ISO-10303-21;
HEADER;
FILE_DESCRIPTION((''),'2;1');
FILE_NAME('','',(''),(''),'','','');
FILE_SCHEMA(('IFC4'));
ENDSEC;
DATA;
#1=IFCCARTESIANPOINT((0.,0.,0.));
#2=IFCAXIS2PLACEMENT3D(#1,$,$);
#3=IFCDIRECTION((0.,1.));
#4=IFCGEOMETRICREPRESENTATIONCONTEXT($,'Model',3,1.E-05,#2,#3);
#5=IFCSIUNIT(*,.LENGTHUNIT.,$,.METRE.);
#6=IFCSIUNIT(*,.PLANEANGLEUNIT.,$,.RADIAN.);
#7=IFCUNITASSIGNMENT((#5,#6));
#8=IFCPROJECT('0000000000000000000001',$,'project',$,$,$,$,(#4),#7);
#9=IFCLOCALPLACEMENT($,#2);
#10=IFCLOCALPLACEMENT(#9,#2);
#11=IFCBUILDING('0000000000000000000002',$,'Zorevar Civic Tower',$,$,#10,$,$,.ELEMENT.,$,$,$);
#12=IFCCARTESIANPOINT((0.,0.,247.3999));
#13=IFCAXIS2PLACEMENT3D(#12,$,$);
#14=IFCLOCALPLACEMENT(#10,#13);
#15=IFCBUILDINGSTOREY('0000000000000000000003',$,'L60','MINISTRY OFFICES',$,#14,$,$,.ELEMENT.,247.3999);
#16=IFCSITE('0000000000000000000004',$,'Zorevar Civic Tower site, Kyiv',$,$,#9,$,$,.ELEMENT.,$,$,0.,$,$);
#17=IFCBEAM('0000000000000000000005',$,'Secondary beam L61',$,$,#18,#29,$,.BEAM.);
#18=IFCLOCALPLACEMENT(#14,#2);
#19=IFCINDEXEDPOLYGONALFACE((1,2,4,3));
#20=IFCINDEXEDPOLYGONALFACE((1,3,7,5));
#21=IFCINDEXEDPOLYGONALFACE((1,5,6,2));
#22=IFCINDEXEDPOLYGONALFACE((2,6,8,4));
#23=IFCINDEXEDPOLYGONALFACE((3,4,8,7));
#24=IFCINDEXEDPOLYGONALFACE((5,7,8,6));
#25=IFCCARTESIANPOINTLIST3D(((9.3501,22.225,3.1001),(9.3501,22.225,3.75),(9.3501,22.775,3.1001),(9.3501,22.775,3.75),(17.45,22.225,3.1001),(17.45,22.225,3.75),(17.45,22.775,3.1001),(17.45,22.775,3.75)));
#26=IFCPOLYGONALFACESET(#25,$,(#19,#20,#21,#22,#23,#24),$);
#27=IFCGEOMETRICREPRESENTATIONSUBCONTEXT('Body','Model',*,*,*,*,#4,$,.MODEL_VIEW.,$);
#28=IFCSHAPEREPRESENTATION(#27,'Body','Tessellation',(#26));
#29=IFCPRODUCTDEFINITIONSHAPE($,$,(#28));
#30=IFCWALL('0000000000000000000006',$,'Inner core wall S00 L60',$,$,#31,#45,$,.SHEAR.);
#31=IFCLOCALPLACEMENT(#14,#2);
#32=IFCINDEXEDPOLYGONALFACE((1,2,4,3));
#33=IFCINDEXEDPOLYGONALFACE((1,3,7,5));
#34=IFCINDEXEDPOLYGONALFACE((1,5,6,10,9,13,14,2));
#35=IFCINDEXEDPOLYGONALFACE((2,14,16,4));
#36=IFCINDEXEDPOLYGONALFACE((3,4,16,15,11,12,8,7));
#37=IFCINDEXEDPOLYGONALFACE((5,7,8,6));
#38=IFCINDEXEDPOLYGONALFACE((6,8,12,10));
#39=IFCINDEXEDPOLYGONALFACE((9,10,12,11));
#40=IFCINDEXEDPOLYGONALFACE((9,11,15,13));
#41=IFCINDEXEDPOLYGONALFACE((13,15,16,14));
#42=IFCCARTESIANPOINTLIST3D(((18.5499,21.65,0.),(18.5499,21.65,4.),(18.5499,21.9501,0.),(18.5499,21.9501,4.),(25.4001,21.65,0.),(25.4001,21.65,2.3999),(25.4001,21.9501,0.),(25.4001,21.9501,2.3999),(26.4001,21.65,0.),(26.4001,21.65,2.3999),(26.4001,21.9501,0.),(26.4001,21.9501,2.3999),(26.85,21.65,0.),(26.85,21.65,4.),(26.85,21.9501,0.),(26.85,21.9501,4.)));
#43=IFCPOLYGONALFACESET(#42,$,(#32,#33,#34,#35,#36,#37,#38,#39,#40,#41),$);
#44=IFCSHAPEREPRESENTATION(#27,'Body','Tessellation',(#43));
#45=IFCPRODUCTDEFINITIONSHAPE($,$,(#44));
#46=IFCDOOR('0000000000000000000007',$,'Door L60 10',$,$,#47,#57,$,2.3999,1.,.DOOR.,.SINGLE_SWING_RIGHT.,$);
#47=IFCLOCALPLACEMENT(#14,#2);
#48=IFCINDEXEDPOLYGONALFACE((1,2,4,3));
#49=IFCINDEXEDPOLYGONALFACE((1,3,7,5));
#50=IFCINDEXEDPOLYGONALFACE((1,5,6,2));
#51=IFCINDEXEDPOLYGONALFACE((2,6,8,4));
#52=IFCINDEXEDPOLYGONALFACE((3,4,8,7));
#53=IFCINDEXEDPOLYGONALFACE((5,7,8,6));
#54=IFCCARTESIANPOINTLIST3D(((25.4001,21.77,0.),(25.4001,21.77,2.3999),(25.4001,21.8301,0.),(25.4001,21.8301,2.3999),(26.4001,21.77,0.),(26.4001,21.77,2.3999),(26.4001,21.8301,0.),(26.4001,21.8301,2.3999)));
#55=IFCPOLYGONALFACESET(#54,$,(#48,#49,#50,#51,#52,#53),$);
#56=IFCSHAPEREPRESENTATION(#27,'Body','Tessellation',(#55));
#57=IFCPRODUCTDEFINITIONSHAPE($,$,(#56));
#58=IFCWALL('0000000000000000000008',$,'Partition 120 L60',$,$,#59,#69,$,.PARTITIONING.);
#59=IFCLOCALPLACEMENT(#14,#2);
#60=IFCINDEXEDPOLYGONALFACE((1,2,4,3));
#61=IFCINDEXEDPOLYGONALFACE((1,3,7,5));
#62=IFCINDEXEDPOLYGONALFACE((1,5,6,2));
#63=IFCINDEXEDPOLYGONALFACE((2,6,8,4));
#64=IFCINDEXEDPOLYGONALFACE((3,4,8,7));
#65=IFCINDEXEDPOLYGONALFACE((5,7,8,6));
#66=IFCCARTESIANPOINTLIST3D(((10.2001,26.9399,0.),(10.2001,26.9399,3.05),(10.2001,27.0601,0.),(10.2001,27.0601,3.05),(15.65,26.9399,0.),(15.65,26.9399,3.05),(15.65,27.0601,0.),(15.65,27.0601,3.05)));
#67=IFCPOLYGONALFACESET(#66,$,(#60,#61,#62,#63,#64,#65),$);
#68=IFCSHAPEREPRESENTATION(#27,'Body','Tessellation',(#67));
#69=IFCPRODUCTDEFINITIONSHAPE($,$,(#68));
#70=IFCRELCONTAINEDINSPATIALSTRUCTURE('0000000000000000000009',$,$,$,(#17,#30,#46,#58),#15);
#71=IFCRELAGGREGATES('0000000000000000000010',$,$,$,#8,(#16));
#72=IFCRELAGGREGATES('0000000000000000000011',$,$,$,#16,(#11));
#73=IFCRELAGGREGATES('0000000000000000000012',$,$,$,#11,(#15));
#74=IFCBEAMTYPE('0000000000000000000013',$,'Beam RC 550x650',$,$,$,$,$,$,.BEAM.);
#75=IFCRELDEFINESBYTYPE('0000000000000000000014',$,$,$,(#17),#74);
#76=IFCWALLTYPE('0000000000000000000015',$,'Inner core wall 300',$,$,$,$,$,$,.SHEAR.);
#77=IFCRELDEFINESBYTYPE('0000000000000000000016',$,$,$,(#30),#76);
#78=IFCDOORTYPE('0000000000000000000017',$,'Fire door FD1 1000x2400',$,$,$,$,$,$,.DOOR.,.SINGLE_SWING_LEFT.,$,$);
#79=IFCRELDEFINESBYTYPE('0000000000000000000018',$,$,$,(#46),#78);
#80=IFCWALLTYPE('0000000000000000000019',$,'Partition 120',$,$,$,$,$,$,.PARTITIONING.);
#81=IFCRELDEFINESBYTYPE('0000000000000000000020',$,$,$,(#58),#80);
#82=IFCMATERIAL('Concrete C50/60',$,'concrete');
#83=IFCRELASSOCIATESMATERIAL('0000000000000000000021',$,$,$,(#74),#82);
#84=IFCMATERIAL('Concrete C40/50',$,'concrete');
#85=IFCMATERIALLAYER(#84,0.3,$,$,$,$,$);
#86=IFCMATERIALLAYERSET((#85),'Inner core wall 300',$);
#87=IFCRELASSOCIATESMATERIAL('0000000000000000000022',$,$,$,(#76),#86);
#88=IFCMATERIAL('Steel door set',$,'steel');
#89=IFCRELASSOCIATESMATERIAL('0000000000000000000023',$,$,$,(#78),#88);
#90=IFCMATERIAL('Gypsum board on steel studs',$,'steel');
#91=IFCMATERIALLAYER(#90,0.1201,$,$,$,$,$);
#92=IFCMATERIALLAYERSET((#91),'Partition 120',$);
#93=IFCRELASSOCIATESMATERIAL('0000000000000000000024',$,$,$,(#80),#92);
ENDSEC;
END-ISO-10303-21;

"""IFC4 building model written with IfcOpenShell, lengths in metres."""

from ifc_helpers import new_model, si_unit, direction, frame, frame_2d, origin, origin_2d, place, context, subcontext, project, spatial, rectangle, extrude, material, layer, layer_set, material_profile, profile_set, type_object, element, fill, save


model = new_model("IFC4")

# Units and contexts
model_context = context("Model", 3, precision=1e-05, world=origin(), true_north=direction((0.0, 1.0)))
body_context = subcontext(model_context, "Body", "Model", "MODEL_VIEW")
ifc_project = project(units=[si_unit("LENGTHUNIT", "METRE"), si_unit("PLANEANGLEUNIT", "RADIAN")], contexts=[model_context])

# Site, building, storey
site_placement = place(None, origin())
site = spatial("IfcSite", under=ifc_project, at=site_placement, Name="Zorevar Civic Tower site, Kyiv", CompositionType="ELEMENT", RefElevation=0.0)
building_placement = place(site_placement, origin())
building = spatial("IfcBuilding", under=site, at=building_placement, Name="Zorevar Civic Tower", CompositionType="ELEMENT")
storey_placement = place(building_placement, frame((0.0, 0.0, 247.3999)))
storey = spatial("IfcBuildingStorey", under=building, at=storey_placement, Name="L60", Description="MINISTRY OFFICES", CompositionType="ELEMENT", Elevation=247.3999)

# Beam
ifc_material_1 = material(Name="Concrete C50/60", Category="concrete")
ifc_material_profile = material_profile(ifc_material_1, rectangle(XDim=0.55, YDim=0.6499, at=origin_2d()), Name="RC 550x650")
ifc_profile_set = profile_set([ifc_material_profile], Name="Concrete C50/60")
beam_type = type_object("IfcBeamType", Name="Beam RC 550x650", PredefinedType="BEAM", material=ifc_profile_set)
beam_placement = place(storey_placement, frame((9.3501, 22.5, 3.425), z_axis=(1.0, 0.0, 0.0), x_axis=(0.0, 1.0, 0.0)))
element("IfcBeam", 1, at=beam_placement, inside=storey, type_object=beam_type, Name="Secondary beam L61", PredefinedType="BEAM", context=body_context, shape_type="SweptSolid", body=[
    extrude(rectangle(XDim=0.55, YDim=0.6499, at=origin_2d()), origin(), (0.0, 0.0, 1.0), 8.0999),
])

# Wall, opening, door
ifc_material_2 = material(Name="Concrete C40/50", Category="concrete")
ifc_layer_1 = layer(ifc_material_2, 0.3)
ifc_layer_set_1 = layer_set([ifc_layer_1], Name="Inner core wall 300")
wall_type_1 = type_object("IfcWallType", Name="Inner core wall 300", PredefinedType="SHEAR", material=ifc_layer_set_1)
wall_1_placement = place(storey_placement, frame((18.55, 21.8, 0.0), z_axis=(0.0, 0.0, 1.0), x_axis=(1.0, 0.0, 0.0)))
wall_1 = element("IfcWall", 2, at=wall_1_placement, inside=storey, type_object=wall_type_1, Name="Inner core wall S00 L60", PredefinedType="SHEAR", context=body_context, shape_type="SweptSolid", body=[
    extrude(rectangle(XDim=8.3, YDim=0.3, at=frame_2d((4.1499, 0.0))), origin(), (0.0, 0.0, 1.0), 4.0),
])
opening_1_placement = place(wall_1_placement, frame((6.8501, 0.0, 0.0)))
opening_1 = element("IfcOpeningElement", 3, at=opening_1_placement, cuts=wall_1, PredefinedType="OPENING", context=body_context, shape_type="SweptSolid", body=[
    extrude(rectangle(XDim=1.0, YDim=2.3999, at=frame_2d((0.5, 1.2))), frame((0.0, 0.1599, 0.0), z_axis=(0.0, -1.0, 0.0), x_axis=(1.0, 0.0, 0.0)), (0.0, 0.0, 1.0), 0.3201),
])
ifc_material_3 = material(Name="Steel door set", Category="steel")
door_type_1 = type_object("IfcDoorType", Name="Fire door FD1 1000x2400", OperationType="SINGLE_SWING_LEFT", PredefinedType="DOOR", material=ifc_material_3)
door_1_placement = place(opening_1_placement, origin())
door_1 = element("IfcDoor", 4, at=door_1_placement, inside=storey, type_object=door_type_1, Name="Door L60 10", OperationType="SINGLE_SWING_RIGHT", OverallHeight=2.3999, OverallWidth=1.0, PredefinedType="DOOR", context=body_context, shape_type="SweptSolid", body=[
    extrude(rectangle(XDim=1.0, YDim=2.3999, at=frame_2d((0.5, 1.2))), frame((0.0, 0.03, 0.0), z_axis=(0.0, -1.0, 0.0), x_axis=(1.0, 0.0, 0.0)), (0.0, 0.0, 1.0), 0.0601),
])
fill(opening_1, door_1)

# Wall
ifc_material_4 = material(Name="Gypsum board on steel studs", Category="steel")
ifc_layer_2 = layer(ifc_material_4, 0.1201)
ifc_layer_set_2 = layer_set([ifc_layer_2], Name="Partition 120")
wall_type_2 = type_object("IfcWallType", Name="Partition 120", PredefinedType="PARTITIONING", material=ifc_layer_set_2)
wall_2_placement = place(storey_placement, frame((10.2, 27.0, 0.0), z_axis=(0.0, 0.0, 1.0), x_axis=(1.0, 0.0, 0.0)))
element("IfcWall", 5, at=wall_2_placement, inside=storey, type_object=wall_type_2, Name="Partition 120 L60", PredefinedType="PARTITIONING", context=body_context, shape_type="SweptSolid", body=[
    extrude(rectangle(XDim=5.45, YDim=0.1201, at=frame_2d((2.7251, 0.0))), origin(), (0.0, 0.0, 1.0), 3.05),
])

save(model, "model.ifc")
